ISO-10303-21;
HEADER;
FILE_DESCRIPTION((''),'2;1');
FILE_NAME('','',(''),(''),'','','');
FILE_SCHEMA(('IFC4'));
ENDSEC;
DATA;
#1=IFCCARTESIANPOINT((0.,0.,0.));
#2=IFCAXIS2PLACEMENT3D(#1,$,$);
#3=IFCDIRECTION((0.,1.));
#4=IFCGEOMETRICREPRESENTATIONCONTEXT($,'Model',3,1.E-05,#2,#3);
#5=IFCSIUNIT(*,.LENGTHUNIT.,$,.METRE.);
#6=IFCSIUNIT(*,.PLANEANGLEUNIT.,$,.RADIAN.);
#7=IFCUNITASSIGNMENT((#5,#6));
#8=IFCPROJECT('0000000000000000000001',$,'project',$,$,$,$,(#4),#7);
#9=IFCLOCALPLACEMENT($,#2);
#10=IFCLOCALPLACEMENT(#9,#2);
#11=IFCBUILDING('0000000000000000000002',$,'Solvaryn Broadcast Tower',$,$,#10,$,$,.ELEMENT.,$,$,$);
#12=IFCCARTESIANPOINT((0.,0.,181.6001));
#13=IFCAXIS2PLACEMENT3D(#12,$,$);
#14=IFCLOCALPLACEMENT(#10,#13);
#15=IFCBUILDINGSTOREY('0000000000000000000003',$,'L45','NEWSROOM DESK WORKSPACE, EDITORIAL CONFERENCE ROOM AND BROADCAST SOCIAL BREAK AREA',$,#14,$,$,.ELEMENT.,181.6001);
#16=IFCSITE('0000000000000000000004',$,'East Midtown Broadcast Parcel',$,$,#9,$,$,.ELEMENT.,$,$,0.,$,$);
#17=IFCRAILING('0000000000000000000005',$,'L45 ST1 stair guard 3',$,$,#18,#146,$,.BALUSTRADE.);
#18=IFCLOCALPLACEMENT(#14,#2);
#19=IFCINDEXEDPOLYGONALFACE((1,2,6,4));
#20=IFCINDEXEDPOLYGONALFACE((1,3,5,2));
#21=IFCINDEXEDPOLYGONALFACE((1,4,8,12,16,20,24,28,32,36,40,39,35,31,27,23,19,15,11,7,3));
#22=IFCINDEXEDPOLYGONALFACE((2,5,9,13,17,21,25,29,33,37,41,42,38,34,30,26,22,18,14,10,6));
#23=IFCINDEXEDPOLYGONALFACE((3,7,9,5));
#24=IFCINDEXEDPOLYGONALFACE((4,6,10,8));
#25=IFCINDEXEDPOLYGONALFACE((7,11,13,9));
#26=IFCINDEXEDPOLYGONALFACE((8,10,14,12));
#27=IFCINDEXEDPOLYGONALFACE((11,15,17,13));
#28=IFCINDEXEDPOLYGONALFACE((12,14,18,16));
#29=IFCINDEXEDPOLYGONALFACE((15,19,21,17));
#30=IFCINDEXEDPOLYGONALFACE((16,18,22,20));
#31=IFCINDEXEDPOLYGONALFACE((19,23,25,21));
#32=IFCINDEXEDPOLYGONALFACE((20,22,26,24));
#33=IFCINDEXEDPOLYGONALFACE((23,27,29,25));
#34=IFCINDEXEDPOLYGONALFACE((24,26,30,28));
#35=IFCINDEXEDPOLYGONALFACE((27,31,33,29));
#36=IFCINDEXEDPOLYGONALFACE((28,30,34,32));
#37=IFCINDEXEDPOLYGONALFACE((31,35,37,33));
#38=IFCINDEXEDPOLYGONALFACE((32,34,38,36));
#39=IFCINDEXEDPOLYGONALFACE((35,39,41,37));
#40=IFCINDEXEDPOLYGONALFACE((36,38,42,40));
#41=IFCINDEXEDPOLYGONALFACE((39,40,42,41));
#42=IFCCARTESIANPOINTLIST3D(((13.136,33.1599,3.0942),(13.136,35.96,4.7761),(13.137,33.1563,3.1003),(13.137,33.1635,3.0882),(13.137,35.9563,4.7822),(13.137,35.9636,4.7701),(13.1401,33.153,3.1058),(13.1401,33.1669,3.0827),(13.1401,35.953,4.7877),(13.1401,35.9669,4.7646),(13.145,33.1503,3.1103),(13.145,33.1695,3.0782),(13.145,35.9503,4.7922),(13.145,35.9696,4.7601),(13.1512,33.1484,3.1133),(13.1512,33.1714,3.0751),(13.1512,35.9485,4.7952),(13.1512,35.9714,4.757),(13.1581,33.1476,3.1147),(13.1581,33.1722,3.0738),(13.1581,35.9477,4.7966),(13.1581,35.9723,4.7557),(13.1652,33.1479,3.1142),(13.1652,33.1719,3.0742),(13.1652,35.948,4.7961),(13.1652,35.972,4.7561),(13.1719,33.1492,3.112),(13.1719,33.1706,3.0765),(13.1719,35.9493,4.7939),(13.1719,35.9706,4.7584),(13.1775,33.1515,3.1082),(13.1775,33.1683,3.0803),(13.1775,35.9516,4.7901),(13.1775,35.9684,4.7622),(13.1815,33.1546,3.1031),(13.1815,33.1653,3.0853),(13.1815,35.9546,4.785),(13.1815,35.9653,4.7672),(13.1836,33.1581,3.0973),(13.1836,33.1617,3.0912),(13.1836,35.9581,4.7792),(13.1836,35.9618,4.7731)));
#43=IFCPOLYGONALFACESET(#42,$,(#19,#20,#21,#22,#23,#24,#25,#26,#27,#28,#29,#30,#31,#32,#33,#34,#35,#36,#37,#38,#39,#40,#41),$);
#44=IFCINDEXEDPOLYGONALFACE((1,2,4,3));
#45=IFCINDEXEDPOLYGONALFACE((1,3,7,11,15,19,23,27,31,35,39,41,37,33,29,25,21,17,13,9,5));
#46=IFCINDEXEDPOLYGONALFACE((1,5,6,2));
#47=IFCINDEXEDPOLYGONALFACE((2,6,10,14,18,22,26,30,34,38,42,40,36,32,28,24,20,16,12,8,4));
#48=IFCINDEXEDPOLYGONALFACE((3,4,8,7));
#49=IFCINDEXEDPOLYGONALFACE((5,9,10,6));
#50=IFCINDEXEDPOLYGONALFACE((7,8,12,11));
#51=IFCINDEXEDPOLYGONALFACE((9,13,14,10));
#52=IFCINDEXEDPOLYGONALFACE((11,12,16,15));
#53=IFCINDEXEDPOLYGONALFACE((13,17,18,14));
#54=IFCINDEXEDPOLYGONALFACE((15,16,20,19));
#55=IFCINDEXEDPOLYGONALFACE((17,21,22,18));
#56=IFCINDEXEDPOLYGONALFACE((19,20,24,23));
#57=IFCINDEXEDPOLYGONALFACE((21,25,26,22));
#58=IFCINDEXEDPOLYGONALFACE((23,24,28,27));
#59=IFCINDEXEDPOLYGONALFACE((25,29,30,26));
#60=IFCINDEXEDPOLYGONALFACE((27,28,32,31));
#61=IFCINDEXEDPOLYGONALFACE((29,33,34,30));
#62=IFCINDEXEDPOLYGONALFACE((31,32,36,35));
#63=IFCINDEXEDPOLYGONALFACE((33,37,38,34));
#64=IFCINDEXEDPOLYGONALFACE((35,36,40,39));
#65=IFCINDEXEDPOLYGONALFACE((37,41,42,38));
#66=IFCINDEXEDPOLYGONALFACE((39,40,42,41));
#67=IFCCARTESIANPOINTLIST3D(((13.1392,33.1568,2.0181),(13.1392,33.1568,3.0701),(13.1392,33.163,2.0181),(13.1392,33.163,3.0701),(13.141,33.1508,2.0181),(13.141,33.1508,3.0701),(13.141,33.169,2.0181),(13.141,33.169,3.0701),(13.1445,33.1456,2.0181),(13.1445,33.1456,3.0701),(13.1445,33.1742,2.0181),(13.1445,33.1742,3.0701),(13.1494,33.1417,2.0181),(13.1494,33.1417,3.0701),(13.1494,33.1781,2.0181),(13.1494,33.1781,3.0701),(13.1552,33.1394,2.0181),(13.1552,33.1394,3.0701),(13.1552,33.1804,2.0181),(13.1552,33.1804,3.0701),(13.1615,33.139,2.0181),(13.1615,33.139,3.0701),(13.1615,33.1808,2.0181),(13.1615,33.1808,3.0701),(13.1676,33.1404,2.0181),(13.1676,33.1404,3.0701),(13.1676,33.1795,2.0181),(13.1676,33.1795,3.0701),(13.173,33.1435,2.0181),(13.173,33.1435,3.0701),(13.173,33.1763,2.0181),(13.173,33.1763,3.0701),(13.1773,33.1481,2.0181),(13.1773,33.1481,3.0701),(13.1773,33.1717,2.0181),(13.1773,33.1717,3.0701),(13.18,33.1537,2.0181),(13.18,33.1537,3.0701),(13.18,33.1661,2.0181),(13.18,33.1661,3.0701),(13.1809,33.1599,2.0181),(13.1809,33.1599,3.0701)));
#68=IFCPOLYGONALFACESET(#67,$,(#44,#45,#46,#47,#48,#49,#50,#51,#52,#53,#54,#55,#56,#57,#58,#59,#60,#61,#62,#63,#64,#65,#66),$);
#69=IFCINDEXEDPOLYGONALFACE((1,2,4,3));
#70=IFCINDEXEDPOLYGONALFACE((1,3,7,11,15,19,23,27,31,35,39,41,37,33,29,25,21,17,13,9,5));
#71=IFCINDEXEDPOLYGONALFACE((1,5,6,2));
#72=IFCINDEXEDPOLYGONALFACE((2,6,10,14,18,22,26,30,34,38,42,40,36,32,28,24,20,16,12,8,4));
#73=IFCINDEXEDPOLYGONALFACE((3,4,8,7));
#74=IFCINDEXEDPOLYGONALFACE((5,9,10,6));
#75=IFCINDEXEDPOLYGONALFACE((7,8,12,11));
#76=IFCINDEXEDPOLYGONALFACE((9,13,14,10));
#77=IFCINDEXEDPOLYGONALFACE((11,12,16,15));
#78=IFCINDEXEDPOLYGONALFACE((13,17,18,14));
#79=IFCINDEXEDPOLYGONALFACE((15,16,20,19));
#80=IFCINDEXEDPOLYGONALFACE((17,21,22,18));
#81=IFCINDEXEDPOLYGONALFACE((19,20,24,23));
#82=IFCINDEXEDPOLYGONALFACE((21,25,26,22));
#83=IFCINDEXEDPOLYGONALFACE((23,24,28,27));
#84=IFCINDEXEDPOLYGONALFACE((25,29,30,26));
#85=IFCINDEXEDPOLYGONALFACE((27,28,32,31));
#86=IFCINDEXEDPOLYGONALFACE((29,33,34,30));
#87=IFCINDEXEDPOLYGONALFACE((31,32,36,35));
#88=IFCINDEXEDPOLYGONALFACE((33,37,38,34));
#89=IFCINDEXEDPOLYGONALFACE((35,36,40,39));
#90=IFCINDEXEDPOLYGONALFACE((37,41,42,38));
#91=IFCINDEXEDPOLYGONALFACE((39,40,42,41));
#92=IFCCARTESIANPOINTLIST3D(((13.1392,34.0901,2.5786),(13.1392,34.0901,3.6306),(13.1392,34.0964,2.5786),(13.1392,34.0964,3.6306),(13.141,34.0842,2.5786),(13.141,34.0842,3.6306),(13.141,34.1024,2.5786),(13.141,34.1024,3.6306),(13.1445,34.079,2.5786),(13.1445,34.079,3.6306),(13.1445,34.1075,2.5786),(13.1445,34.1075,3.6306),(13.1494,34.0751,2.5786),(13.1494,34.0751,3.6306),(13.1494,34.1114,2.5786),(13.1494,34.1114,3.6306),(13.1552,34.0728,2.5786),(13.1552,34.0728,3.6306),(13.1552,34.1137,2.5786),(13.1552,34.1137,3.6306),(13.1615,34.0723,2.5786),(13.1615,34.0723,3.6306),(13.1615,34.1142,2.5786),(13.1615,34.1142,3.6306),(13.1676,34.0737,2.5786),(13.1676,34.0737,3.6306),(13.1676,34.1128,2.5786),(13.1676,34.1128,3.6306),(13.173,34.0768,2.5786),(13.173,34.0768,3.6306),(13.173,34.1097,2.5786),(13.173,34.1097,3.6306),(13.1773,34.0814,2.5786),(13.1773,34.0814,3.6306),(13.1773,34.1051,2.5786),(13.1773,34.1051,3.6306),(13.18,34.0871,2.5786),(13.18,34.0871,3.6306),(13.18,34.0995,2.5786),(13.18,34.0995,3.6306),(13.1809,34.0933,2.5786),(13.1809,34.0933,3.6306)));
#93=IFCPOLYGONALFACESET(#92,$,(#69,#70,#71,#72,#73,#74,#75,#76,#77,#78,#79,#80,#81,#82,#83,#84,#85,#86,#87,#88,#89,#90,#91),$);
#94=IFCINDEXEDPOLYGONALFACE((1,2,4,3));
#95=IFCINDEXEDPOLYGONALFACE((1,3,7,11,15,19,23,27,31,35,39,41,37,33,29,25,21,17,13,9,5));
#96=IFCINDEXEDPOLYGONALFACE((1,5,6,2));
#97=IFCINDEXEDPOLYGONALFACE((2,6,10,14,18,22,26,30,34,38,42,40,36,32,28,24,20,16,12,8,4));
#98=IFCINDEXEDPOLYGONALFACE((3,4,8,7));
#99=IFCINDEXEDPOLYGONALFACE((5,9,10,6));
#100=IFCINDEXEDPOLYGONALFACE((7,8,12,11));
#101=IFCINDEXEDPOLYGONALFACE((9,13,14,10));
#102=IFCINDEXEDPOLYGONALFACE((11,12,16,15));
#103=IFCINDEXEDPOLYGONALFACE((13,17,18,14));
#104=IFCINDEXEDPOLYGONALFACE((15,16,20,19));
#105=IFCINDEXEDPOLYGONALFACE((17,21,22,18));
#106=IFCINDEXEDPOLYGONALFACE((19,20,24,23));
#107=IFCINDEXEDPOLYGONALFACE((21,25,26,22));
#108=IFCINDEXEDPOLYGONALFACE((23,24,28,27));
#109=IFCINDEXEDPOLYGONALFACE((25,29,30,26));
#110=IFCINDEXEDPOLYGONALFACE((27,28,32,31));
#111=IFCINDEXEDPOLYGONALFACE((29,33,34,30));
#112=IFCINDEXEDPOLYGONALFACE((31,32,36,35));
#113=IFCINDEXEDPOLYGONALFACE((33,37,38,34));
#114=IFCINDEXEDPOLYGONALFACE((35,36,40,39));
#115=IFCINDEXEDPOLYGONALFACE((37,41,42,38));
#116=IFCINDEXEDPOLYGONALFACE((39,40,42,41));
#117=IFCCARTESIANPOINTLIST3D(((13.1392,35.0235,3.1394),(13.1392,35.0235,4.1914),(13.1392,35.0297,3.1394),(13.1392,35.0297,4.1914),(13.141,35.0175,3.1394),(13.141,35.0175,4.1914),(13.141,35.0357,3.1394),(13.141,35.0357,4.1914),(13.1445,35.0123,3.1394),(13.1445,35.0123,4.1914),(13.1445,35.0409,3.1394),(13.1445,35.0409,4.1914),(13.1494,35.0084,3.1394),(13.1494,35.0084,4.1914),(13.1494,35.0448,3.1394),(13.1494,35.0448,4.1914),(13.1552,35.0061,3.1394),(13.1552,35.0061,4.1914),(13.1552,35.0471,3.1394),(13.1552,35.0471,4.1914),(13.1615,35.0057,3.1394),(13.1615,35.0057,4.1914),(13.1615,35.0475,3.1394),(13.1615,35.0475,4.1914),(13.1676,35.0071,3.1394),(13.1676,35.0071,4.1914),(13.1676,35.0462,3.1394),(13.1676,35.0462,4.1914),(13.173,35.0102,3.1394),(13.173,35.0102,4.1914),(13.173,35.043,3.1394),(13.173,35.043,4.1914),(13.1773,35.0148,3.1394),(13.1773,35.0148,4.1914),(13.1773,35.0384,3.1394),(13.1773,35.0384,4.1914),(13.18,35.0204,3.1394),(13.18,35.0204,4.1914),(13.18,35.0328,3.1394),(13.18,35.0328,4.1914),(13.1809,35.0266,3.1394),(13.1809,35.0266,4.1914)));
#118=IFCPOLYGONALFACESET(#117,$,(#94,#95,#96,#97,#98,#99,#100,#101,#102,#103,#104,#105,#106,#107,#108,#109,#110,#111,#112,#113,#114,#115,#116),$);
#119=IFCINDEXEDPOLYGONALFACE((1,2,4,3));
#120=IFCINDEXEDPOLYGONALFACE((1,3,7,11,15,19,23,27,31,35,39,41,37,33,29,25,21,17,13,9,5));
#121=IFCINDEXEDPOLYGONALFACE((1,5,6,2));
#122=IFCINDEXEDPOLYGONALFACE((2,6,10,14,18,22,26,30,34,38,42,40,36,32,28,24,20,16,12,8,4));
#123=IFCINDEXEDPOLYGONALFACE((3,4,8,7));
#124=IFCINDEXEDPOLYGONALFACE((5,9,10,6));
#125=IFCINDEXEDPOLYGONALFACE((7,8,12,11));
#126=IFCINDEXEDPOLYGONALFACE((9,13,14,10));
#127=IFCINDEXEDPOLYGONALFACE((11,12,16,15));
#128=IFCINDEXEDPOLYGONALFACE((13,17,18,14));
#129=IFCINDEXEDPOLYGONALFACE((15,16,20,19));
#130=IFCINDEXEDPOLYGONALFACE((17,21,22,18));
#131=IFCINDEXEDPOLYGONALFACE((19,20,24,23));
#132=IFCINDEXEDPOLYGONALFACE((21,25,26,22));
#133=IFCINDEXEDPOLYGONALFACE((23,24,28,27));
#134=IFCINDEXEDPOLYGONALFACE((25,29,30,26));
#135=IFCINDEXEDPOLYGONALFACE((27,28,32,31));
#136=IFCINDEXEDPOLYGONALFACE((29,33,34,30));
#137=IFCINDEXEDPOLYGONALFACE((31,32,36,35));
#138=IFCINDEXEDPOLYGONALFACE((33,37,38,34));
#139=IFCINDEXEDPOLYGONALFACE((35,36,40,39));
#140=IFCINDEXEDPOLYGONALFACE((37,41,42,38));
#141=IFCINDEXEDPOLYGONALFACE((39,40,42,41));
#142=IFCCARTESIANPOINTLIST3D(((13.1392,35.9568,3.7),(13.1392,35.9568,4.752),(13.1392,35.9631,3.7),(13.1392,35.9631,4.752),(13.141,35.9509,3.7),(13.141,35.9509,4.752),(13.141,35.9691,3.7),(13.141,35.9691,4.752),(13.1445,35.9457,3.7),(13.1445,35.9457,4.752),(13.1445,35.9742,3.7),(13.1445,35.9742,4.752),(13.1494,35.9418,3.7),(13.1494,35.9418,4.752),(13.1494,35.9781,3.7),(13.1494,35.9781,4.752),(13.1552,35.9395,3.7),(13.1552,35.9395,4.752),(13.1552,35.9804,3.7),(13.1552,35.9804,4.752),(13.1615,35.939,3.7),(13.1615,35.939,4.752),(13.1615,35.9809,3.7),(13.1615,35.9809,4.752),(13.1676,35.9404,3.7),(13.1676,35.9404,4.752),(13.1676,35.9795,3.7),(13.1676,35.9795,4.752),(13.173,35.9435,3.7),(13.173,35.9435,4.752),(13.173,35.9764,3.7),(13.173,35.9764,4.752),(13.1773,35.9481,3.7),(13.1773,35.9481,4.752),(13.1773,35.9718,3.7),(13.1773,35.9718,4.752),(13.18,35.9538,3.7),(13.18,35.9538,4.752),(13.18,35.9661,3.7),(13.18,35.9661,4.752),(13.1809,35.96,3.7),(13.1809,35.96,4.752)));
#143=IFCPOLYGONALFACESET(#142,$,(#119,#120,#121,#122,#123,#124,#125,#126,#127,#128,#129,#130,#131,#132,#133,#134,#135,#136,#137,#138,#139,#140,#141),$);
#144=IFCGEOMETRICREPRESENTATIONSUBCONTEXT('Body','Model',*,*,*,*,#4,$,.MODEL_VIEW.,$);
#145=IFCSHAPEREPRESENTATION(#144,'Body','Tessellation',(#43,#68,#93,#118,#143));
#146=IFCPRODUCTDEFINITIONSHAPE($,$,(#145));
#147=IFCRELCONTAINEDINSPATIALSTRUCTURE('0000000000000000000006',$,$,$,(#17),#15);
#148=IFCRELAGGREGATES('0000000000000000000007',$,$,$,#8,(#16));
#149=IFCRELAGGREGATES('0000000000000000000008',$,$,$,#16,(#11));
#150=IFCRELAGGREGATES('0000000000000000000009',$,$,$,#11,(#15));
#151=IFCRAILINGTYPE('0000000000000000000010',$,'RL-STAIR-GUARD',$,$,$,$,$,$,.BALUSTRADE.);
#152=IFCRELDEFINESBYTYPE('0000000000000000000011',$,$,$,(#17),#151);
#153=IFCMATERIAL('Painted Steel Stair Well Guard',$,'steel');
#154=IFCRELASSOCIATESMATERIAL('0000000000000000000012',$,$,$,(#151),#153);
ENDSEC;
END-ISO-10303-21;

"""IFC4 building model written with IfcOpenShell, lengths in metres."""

from ifc_helpers import new_model, si_unit, direction, frame, origin, origin_2d, place, context, subcontext, project, spatial, circle, extrude, material, type_object, element, save


model = new_model("IFC4")

# Units and contexts
model_context = context("Model", 3, precision=1e-05, world=origin(), true_north=direction((0.0, 1.0)))
body_context = subcontext(model_context, "Body", "Model", "MODEL_VIEW")
ifc_project = project(units=[si_unit("LENGTHUNIT", "METRE"), si_unit("PLANEANGLEUNIT", "RADIAN")], contexts=[model_context])

# Site, building, storey
site_placement = place(None, origin())
site = spatial("IfcSite", under=ifc_project, at=site_placement, Name="East Midtown Broadcast Parcel", CompositionType="ELEMENT", RefElevation=0.0)
building_placement = place(site_placement, origin())
building = spatial("IfcBuilding", under=site, at=building_placement, Name="Solvaryn Broadcast Tower", CompositionType="ELEMENT")
storey_placement = place(building_placement, frame((0.0, 0.0, 181.6001)))
storey = spatial("IfcBuildingStorey", under=building, at=storey_placement, Name="L45", Description="NEWSROOM DESK WORKSPACE, EDITORIAL CONFERENCE ROOM AND BROADCAST SOCIAL BREAK AREA", CompositionType="ELEMENT", Elevation=181.6001)

# Railing
ifc_material_1 = material(Name="Painted Steel Stair Well Guard", Category="steel")
railing_type_1 = type_object("IfcRailingType", Name="RL-STAIR-GUARD", PredefinedType="BALUSTRADE", material=ifc_material_1)
railing_1_placement = place(storey_placement, frame((13.1599, 33.1599, 2.0181)))
element("IfcRailing", 1, at=railing_1_placement, inside=storey, type_object=railing_type_1, Name="L45 ST1 stair guard 3", PredefinedType="BALUSTRADE", context=body_context, shape_type="SweptSolid", body=[
    extrude(circle(Radius=0.0239, at=origin_2d()), frame((0.0, 0.0, 1.0762), z_axis=(0.0, 0.857242, 0.514913), x_axis=(-1.0, 0.0, 0.0)), (0.0, 0.0, 1.0), 3.2664),
    extrude(circle(Radius=0.021, at=origin_2d()), origin(), (0.0, 0.0, 1.0), 1.052),
    extrude(circle(Radius=0.021, at=origin_2d()), frame((0.0, 0.9333, 0.5605)), (0.0, 0.0, 1.0), 1.052),
    extrude(circle(Radius=0.021, at=origin_2d()), frame((0.0, 1.8667, 1.1213)), (0.0, 0.0, 1.0), 1.052),
    extrude(circle(Radius=0.021, at=origin_2d()), frame((0.0, 2.8, 1.6819)), (0.0, 0.0, 1.0), 1.052),
])

save(model, "model.ifc")
